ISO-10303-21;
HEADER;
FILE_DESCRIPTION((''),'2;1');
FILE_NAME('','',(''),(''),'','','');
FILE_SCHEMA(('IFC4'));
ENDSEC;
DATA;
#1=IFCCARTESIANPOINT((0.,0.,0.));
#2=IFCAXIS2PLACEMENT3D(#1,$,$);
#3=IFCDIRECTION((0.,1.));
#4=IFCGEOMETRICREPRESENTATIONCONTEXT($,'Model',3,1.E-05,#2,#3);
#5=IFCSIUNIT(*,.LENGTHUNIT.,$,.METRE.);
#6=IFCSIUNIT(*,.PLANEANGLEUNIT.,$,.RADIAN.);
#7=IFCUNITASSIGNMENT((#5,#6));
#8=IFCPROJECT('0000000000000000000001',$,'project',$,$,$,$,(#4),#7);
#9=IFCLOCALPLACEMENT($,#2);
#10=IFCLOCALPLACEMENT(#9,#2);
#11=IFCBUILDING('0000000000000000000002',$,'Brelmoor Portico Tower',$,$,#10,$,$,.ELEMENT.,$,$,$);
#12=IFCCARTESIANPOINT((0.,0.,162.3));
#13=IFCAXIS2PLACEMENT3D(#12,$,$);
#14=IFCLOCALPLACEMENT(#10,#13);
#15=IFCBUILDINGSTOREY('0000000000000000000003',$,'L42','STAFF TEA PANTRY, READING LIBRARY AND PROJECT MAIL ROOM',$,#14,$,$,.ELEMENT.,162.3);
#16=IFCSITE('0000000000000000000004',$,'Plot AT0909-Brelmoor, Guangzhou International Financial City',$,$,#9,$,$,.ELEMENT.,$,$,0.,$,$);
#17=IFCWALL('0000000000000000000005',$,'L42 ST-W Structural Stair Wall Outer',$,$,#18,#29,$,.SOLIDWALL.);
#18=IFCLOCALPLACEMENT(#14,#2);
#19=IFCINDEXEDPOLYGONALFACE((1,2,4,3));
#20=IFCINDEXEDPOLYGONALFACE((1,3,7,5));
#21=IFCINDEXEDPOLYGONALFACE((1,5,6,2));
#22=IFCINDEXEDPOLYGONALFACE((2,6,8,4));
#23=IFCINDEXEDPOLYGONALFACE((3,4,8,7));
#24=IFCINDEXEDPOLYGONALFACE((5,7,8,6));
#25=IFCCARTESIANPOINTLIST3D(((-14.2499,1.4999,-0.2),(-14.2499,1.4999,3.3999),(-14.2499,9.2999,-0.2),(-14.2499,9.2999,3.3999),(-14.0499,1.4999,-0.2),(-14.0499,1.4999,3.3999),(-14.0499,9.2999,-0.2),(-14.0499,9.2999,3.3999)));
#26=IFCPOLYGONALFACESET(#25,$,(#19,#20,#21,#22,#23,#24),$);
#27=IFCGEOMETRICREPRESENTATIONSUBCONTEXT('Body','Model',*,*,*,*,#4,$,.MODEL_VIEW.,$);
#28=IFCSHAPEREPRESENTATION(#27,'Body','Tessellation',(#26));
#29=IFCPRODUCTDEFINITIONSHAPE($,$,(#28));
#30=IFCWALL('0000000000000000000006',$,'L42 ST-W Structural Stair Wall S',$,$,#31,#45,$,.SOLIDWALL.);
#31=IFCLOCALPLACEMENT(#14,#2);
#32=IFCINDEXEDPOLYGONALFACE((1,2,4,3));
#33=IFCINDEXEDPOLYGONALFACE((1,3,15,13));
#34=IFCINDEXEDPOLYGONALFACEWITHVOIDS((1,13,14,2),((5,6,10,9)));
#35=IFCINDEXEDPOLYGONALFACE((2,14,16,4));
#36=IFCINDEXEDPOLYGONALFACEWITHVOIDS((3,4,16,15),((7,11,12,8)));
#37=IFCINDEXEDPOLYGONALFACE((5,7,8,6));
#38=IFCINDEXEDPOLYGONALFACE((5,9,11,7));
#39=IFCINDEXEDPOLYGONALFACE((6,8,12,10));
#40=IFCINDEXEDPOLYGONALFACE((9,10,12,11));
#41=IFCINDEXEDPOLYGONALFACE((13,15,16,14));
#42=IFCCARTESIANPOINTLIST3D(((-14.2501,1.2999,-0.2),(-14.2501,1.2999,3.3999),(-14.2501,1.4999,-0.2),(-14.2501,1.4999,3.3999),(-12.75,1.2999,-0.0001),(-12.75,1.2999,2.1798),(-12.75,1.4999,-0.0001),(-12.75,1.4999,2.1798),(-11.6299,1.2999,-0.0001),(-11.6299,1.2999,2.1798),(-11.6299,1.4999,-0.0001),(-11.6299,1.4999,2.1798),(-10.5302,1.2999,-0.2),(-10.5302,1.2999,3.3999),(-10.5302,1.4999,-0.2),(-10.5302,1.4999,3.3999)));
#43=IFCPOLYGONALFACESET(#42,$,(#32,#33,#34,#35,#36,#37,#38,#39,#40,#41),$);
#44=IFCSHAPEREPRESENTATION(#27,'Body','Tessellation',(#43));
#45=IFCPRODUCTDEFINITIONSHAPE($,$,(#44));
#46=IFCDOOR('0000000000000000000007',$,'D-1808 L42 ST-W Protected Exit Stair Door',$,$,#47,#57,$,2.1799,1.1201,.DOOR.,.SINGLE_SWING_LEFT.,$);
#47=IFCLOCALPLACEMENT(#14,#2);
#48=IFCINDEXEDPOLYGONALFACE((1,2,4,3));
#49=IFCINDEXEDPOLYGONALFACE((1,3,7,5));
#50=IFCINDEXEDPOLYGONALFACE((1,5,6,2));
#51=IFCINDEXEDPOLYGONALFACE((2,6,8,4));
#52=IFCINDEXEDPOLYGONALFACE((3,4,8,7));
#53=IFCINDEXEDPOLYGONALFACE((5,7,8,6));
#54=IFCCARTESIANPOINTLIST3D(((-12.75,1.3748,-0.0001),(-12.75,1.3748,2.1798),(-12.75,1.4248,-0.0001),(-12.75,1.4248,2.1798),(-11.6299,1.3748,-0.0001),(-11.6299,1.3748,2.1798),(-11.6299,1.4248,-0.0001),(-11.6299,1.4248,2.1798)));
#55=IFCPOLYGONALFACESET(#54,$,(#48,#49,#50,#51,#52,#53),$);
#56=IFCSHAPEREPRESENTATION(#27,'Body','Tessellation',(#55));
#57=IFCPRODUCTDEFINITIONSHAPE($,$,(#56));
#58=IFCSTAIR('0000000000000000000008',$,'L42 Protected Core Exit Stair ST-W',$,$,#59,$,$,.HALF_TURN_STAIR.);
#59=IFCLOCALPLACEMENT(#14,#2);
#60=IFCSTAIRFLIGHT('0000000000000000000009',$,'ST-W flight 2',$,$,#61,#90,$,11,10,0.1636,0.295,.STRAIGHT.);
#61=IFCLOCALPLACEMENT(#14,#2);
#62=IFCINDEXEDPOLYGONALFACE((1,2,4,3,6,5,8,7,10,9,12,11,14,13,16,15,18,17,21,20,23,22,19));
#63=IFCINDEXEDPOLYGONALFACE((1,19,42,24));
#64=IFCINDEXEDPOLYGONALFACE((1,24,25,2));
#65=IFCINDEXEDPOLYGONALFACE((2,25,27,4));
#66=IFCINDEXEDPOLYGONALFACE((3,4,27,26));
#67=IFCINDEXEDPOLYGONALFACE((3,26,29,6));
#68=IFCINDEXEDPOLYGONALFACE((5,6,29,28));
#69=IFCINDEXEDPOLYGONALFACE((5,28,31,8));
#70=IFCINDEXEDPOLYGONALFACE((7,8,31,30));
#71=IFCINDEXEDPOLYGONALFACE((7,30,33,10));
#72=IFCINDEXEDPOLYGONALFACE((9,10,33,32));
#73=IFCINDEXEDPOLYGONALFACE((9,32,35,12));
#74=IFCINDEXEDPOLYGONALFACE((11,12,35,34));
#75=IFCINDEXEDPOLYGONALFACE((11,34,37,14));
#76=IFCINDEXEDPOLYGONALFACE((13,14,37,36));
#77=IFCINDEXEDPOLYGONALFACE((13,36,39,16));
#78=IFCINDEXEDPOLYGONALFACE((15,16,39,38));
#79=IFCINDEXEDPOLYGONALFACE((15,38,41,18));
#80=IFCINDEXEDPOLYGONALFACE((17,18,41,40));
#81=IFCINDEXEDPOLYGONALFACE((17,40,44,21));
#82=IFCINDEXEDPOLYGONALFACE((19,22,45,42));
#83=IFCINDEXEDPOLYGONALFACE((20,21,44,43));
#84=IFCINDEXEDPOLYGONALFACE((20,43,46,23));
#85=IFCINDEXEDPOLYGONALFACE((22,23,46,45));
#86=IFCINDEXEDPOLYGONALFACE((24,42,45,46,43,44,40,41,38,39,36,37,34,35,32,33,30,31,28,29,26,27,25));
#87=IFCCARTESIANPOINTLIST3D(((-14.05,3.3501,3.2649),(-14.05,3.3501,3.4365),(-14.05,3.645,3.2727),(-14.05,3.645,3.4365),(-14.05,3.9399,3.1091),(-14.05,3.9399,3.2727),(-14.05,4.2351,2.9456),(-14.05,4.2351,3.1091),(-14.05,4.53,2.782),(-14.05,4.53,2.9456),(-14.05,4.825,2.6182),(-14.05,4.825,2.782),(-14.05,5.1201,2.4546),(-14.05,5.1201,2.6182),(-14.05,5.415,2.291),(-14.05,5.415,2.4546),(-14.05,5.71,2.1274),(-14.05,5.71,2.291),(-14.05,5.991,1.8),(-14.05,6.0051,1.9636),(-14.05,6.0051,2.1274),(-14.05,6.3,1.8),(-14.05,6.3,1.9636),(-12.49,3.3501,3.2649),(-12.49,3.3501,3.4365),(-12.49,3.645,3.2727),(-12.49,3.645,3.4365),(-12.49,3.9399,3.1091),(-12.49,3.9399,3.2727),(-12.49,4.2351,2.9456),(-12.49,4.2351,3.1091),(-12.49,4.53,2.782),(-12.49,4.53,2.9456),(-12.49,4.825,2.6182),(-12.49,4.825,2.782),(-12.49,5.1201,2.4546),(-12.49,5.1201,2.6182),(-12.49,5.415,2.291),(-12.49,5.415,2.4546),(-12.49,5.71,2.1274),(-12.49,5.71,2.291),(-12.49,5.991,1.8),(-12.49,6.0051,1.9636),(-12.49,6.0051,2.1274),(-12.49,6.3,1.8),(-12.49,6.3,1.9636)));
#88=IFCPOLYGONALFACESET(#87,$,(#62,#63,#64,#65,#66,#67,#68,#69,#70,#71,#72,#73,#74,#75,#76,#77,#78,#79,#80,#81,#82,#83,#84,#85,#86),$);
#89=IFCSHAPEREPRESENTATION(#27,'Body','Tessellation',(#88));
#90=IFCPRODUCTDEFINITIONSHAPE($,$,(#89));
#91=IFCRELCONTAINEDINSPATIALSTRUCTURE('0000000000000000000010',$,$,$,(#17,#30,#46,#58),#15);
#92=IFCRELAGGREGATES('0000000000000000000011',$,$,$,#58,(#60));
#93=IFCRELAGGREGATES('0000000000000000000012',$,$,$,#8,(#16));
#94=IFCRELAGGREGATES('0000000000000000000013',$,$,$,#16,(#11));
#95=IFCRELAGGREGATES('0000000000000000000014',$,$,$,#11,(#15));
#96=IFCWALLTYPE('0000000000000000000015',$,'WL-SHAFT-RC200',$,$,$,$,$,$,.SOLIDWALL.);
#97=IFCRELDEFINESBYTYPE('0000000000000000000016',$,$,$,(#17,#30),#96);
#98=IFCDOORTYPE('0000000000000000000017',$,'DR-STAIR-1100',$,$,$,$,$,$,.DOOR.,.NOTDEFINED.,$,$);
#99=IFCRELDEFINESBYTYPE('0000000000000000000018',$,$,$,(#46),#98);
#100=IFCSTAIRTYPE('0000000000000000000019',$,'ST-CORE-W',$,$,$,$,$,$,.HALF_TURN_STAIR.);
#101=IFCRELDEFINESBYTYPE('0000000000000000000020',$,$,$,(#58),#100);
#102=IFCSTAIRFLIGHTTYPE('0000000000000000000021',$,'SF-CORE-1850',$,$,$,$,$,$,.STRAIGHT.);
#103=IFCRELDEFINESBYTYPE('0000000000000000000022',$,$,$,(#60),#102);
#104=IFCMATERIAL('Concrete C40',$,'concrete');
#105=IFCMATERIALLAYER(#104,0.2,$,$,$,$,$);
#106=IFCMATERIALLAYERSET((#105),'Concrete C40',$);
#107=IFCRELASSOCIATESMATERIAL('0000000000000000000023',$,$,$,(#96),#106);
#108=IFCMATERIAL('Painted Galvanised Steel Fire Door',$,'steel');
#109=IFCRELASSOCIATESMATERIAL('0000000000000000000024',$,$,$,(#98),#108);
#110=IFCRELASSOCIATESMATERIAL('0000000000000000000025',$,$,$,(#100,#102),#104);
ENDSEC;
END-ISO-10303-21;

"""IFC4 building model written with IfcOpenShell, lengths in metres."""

from ifc_helpers import new_model, si_unit, direction, frame, frame_2d, origin, place, context, subcontext, project, spatial, polyline, rectangle, outline, extrude, material, layer, layer_set, type_object, element, fill, aggregate, save


model = new_model("IFC4")

# Units and contexts
model_context = context("Model", 3, precision=1e-05, world=origin(), true_north=direction((0.0, 1.0)))
body_context = subcontext(model_context, "Body", "Model", "MODEL_VIEW")
ifc_project = project(units=[si_unit("LENGTHUNIT", "METRE"), si_unit("PLANEANGLEUNIT", "RADIAN")], contexts=[model_context])

# Site, building, storey
site_placement = place(None, origin())
site = spatial("IfcSite", under=ifc_project, at=site_placement, Name="Plot AT0909-Brelmoor, Guangzhou International Financial City", CompositionType="ELEMENT", RefElevation=0.0)
building_placement = place(site_placement, origin())
building = spatial("IfcBuilding", under=site, at=building_placement, Name="Brelmoor Portico Tower", CompositionType="ELEMENT")
storey_placement = place(building_placement, frame((0.0, 0.0, 162.3)))
storey = spatial("IfcBuildingStorey", under=building, at=storey_placement, Name="L42", Description="STAFF TEA PANTRY, READING LIBRARY AND PROJECT MAIL ROOM", CompositionType="ELEMENT", Elevation=162.3)

# Wall
ifc_material_1 = material(Name="Concrete C40", Category="concrete")
ifc_layer_1 = layer(ifc_material_1, 0.2)
ifc_layer_set_1 = layer_set([ifc_layer_1], Name="Concrete C40")
wall_type_1 = type_object("IfcWallType", Name="WL-SHAFT-RC200", PredefinedType="SOLIDWALL", material=ifc_layer_set_1)
wall_1_placement = place(storey_placement, frame((-14.1499, 1.5, -0.2), z_axis=(0.0, 0.0, 1.0), x_axis=(0.0, 1.0, 0.0)))
element("IfcWall", 1, at=wall_1_placement, inside=storey, type_object=wall_type_1, Name="L42 ST-W Structural Stair Wall Outer", PredefinedType="SOLIDWALL", context=body_context, shape_type="SweptSolid", body=[
    extrude(rectangle(XDim=7.8, YDim=0.2, at=frame_2d((3.8999, 0.0))), origin(), (0.0, 0.0, 1.0), 3.5999),
])

# Wall, opening, door
wall_2_placement = place(storey_placement, frame((-14.25, 1.3999, -0.2), z_axis=(0.0, 0.0, 1.0), x_axis=(1.0, 0.0, 0.0)))
wall_2 = element("IfcWall", 2, at=wall_2_placement, inside=storey, type_object=wall_type_1, Name="L42 ST-W Structural Stair Wall S", PredefinedType="SOLIDWALL", context=body_context, shape_type="SweptSolid", body=[
    extrude(rectangle(XDim=3.72, YDim=0.2, at=frame_2d((1.8599, 0.0))), origin(), (0.0, 0.0, 1.0), 3.5999),
])
opening_1_placement = place(wall_2_placement, frame((1.5, 0.0, 0.2)))
opening_1 = element("IfcOpeningElement", 3, at=opening_1_placement, cuts=wall_2, PredefinedType="OPENING", context=body_context, shape_type="SweptSolid", body=[
    extrude(rectangle(XDim=1.1201, YDim=2.1799, at=frame_2d((0.5601, 1.0898))), frame((0.0, 0.1099, 0.0), z_axis=(0.0, -1.0, 0.0), x_axis=(1.0, 0.0, 0.0)), (0.0, 0.0, 1.0), 0.22),
])
ifc_material_2 = material(Name="Painted Galvanised Steel Fire Door", Category="steel")
door_type_1 = type_object("IfcDoorType", Name="DR-STAIR-1100", OperationType="NOTDEFINED", PredefinedType="DOOR", material=ifc_material_2)
door_1_placement = place(opening_1_placement, origin())
door_1 = element("IfcDoor", 4, at=door_1_placement, inside=storey, type_object=door_type_1, Name="D-1808 L42 ST-W Protected Exit Stair Door", OperationType="SINGLE_SWING_LEFT", OverallHeight=2.1799, OverallWidth=1.1201, PredefinedType="DOOR", context=body_context, shape_type="SweptSolid", body=[
    extrude(rectangle(XDim=1.1201, YDim=2.1799, at=frame_2d((0.5601, 1.0898))), frame((0.0, 0.0249, 0.0), z_axis=(0.0, -1.0, 0.0), x_axis=(1.0, 0.0, 0.0)), (0.0, 0.0, 1.0), 0.05),
])
fill(opening_1, door_1)

# Stair, stair flight
stair_type = type_object("IfcStairType", Name="ST-CORE-W", PredefinedType="HALF_TURN_STAIR", material=ifc_material_1)
stair_placement = place(storey_placement, origin())
stair = element("IfcStair", 5, at=stair_placement, inside=storey, type_object=stair_type, Name="L42 Protected Core Exit Stair ST-W", PredefinedType="HALF_TURN_STAIR")
stair_flight_type = type_object("IfcStairFlightType", Name="SF-CORE-1850", PredefinedType="STRAIGHT", material=ifc_material_1)
stair_flight_placement = place(storey_placement, frame((-13.27, 6.3, 1.8), z_axis=(0.0, 0.0, 1.0), x_axis=(0.0, -1.0, 0.0)))
stair_flight = element("IfcStairFlight", 6, at=stair_flight_placement, type_object=stair_flight_type, Name="ST-W flight 2", NumberOfRisers=11, NumberOfTreads=10, PredefinedType="STRAIGHT", RiserHeight=0.1636, TreadLength=0.295, context=body_context, shape_type="SweptSolid", body=[
    extrude(outline(polyline([(0.0, 0.0), (0.0, 0.1636), (0.2949, 0.1636), (0.2949, 0.3274), (0.5901, 0.3274), (0.5901, 0.491), (0.885, 0.491), (0.885, 0.6545), (1.1799, 0.6545), (1.1799, 0.8181), (1.4751, 0.8181), (1.4751, 0.9819), (1.77, 0.9819), (1.77, 1.1455), (2.0649, 1.1455), (2.0649, 1.3091), (2.3601, 1.3091), (2.3601, 1.4727), (2.655, 1.4727), (2.655, 1.6365), (2.95, 1.6365), (2.95, 1.8), (2.95, 1.4648), (0.3091, 0.0), (0.0, 0.0)])), frame((0.0, 0.78, 0.0), z_axis=(0.0, -1.0, 0.0), x_axis=(1.0, 0.0, 0.0)), (0.0, 0.0, 1.0), 1.5601),
])
aggregate(stair, [stair_flight])

save(model, "model.ifc")
